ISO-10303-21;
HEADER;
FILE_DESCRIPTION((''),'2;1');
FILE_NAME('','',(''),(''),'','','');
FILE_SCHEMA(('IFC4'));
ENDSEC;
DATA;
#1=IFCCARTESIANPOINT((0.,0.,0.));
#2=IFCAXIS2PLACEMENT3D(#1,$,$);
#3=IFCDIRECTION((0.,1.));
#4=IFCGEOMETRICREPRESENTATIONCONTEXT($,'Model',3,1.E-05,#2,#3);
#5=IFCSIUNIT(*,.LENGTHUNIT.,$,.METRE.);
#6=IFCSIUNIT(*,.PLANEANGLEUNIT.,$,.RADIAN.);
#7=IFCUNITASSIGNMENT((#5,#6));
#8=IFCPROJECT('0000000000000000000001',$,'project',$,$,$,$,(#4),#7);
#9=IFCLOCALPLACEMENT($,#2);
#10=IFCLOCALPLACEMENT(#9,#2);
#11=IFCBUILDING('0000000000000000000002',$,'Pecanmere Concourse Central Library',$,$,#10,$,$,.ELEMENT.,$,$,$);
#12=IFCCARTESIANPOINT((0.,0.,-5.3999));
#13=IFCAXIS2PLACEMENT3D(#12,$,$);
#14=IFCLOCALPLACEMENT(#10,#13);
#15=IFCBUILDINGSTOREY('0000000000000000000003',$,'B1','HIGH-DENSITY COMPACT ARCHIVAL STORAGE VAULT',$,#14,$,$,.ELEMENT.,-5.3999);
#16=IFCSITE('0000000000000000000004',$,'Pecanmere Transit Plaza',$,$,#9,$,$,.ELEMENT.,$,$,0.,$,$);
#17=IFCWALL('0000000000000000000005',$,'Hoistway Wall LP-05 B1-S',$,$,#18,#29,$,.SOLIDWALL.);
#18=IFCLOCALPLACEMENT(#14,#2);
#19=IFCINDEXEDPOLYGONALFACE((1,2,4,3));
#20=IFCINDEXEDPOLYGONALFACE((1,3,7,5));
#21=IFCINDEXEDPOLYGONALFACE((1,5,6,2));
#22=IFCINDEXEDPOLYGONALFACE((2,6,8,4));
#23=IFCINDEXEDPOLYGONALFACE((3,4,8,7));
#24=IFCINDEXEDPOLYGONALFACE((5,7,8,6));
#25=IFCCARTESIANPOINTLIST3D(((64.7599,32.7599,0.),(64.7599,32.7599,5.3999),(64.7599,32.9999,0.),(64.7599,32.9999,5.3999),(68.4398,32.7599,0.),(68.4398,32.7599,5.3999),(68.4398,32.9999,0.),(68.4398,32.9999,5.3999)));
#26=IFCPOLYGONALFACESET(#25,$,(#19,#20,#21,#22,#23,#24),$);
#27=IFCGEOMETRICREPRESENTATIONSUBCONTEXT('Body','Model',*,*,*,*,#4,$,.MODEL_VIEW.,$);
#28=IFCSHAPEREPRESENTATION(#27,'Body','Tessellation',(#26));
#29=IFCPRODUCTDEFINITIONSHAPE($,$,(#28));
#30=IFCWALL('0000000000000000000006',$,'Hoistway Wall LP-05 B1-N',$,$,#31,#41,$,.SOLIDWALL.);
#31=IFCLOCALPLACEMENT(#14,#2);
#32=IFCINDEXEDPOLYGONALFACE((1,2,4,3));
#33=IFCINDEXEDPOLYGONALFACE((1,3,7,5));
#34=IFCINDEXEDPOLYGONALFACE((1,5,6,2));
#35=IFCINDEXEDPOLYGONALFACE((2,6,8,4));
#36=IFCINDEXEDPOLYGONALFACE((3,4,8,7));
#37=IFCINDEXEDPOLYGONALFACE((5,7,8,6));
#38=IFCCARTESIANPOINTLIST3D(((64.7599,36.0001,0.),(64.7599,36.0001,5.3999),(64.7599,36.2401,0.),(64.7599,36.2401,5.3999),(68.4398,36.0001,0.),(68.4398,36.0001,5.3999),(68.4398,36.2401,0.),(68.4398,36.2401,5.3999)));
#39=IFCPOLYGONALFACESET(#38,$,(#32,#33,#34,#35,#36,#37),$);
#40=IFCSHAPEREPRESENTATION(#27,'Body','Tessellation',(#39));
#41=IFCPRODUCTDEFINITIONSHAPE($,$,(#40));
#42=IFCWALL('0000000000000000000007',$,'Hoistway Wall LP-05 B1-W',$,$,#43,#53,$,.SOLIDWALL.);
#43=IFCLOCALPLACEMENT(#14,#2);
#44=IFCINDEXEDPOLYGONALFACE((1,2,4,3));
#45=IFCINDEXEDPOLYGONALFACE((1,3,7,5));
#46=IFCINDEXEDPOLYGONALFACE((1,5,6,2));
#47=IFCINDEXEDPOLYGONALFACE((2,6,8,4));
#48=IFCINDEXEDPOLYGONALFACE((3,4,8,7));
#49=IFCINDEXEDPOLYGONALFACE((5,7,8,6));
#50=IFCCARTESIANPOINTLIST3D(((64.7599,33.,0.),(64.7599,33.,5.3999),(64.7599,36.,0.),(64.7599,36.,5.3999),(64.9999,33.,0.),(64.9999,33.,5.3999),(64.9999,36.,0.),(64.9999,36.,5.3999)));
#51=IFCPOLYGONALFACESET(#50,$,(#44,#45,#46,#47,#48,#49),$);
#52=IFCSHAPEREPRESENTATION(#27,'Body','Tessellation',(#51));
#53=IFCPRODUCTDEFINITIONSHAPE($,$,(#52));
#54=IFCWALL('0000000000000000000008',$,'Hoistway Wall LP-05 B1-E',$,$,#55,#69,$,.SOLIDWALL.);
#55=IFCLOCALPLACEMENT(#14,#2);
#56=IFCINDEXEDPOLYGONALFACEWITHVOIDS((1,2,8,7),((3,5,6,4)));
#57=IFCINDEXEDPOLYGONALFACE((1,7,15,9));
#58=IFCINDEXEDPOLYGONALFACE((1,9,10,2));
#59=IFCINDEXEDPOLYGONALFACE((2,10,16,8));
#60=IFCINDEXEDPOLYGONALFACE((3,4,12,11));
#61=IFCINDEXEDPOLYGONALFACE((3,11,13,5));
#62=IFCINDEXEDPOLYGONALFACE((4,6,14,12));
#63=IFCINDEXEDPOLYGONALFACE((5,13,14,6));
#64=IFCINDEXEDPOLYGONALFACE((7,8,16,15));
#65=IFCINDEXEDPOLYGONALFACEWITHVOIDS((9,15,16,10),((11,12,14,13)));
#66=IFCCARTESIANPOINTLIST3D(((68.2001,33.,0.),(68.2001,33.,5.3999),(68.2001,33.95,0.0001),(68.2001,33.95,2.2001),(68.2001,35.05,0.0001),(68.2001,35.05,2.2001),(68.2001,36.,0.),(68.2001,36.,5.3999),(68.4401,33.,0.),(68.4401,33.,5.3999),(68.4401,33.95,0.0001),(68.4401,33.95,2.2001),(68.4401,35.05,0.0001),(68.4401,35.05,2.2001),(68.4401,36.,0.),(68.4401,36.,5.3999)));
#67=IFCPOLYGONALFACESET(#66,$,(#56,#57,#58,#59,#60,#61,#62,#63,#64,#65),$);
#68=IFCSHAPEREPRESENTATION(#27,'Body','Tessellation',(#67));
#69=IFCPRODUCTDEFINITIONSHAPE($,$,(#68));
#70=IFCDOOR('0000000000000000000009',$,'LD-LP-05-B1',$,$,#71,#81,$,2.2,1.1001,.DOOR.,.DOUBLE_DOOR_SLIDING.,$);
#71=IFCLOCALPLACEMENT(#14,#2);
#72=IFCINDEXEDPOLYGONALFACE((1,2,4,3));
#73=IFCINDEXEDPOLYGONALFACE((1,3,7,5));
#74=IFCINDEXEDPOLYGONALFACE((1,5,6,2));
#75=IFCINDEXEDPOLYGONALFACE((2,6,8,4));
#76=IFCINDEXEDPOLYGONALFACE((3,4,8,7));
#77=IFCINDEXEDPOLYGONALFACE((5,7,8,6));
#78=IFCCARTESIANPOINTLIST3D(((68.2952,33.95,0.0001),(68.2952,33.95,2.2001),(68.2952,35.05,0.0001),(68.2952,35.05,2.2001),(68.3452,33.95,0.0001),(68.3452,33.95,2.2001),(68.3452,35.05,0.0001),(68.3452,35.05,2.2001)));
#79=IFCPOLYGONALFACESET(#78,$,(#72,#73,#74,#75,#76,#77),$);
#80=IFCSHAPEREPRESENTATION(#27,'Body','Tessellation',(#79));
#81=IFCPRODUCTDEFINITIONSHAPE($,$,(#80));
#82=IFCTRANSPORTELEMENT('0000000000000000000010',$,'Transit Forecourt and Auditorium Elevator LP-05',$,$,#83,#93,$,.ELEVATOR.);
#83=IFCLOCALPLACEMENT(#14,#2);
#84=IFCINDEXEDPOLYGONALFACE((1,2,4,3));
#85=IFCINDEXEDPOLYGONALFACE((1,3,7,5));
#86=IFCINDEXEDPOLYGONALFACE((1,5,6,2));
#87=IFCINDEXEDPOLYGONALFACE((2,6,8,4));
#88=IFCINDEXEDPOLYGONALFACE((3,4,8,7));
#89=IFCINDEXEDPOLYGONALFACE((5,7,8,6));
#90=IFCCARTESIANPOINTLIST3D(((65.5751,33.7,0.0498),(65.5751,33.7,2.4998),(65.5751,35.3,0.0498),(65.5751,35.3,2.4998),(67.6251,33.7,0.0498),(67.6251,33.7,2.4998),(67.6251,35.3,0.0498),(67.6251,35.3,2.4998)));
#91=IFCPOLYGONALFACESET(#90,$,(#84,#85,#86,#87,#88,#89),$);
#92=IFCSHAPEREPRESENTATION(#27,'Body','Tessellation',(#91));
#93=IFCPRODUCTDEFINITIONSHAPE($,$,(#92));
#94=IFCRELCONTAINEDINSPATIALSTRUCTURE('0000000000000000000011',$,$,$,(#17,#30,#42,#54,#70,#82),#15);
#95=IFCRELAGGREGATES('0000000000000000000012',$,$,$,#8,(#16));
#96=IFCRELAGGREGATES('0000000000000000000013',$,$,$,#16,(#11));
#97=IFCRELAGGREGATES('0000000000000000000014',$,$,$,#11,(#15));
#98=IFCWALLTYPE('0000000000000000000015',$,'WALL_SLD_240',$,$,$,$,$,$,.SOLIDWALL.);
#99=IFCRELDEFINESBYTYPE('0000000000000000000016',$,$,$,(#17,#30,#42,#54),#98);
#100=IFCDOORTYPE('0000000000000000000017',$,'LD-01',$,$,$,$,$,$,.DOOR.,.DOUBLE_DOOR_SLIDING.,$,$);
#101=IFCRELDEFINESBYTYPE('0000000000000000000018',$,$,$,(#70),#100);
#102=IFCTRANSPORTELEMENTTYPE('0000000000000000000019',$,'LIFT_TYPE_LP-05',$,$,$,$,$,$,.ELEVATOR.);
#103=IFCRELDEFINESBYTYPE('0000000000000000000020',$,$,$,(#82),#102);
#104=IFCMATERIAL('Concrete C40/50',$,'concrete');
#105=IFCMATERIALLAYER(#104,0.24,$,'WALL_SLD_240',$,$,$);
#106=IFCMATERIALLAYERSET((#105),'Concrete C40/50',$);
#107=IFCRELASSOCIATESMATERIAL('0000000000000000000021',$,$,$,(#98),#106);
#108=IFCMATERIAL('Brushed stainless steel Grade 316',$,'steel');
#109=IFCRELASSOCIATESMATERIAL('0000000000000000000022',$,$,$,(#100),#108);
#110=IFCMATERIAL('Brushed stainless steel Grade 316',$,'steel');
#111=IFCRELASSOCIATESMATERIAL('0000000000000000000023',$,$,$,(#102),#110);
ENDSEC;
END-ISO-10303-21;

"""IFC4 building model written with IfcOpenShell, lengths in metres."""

from ifc_helpers import new_model, si_unit, direction, frame, frame_2d, origin, origin_2d, place, context, subcontext, project, spatial, rectangle, extrude, material, layer, layer_set, type_object, element, fill, save


model = new_model("IFC4")

# Units and contexts
model_context = context("Model", 3, precision=1e-05, world=origin(), true_north=direction((0.0, 1.0)))
body_context = subcontext(model_context, "Body", "Model", "MODEL_VIEW")
ifc_project = project(units=[si_unit("LENGTHUNIT", "METRE"), si_unit("PLANEANGLEUNIT", "RADIAN")], contexts=[model_context])

# Site, building, storey
site_placement = place(None, origin())
site = spatial("IfcSite", under=ifc_project, at=site_placement, Name="Pecanmere Transit Plaza", CompositionType="ELEMENT", RefElevation=0.0)
building_placement = place(site_placement, origin())
building = spatial("IfcBuilding", under=site, at=building_placement, Name="Pecanmere Concourse Central Library", CompositionType="ELEMENT")
storey_placement = place(building_placement, frame((0.0, 0.0, -5.3999)))
storey = spatial("IfcBuildingStorey", under=building, at=storey_placement, Name="B1", Description="HIGH-DENSITY COMPACT ARCHIVAL STORAGE VAULT", CompositionType="ELEMENT", Elevation=-5.3999)

# Walls
ifc_material_1 = material(Name="Concrete C40/50", Category="concrete")
ifc_layer = layer(ifc_material_1, 0.24, Name="WALL_SLD_240")
ifc_layer_set = layer_set([ifc_layer], Name="Concrete C40/50")
wall_type = type_object("IfcWallType", Name="WALL_SLD_240", PredefinedType="SOLIDWALL", material=ifc_layer_set)
for number, where, z_axis, x_axis, name in (
    (1, (64.76, 32.8799, 0.0), (0.0, 0.0, 1.0), (1.0, 0.0, 0.0), "Hoistway Wall LP-05 B1-S"),
    (2, (64.76, 36.1201, 0.0), (0.0, 0.0, 1.0), (1.0, 0.0, 0.0), "Hoistway Wall LP-05 B1-N"),
):
    element("IfcWall", number, at=place(storey_placement, frame(where, z_axis=z_axis, x_axis=x_axis)), inside=storey, type_object=wall_type, Name=name, PredefinedType="SOLIDWALL", context=body_context, shape_type="SweptSolid", body=[
        extrude(rectangle(XDim=3.6799, YDim=0.24, at=frame_2d((1.8398, 0.0))), origin(), (0.0, 0.0, 1.0), 5.3999),
    ])
wall_1_placement = place(storey_placement, frame((64.8799, 33.0, 0.0), z_axis=(0.0, 0.0, 1.0), x_axis=(0.0, 1.0, 0.0)))
element("IfcWall", 3, at=wall_1_placement, inside=storey, type_object=wall_type, Name="Hoistway Wall LP-05 B1-W", PredefinedType="SOLIDWALL", context=body_context, shape_type="SweptSolid", body=[
    extrude(rectangle(XDim=3.0, YDim=0.24, at=frame_2d((1.5, 0.0))), origin(), (0.0, 0.0, 1.0), 5.3999),
])

# Wall, opening, door
wall_2_placement = place(storey_placement, frame((68.3201, 33.0, 0.0), z_axis=(0.0, 0.0, 1.0), x_axis=(0.0, 1.0, 0.0)))
wall_2 = element("IfcWall", 4, at=wall_2_placement, inside=storey, type_object=wall_type, Name="Hoistway Wall LP-05 B1-E", PredefinedType="SOLIDWALL", context=body_context, shape_type="SweptSolid", body=[
    extrude(rectangle(XDim=3.0, YDim=0.24, at=frame_2d((1.5, 0.0))), origin(), (0.0, 0.0, 1.0), 5.3999),
])
opening_placement = place(wall_2_placement, frame((0.95, 0.0, 0.0)))
opening = element("IfcOpeningElement", 5, at=opening_placement, cuts=wall_2, PredefinedType="OPENING", context=body_context, shape_type="SweptSolid", body=[
    extrude(rectangle(XDim=1.1001, YDim=2.2, at=frame_2d((0.55, 1.1001))), frame((0.0, 0.1318, 0.0), z_axis=(0.0, -1.0, 0.0), x_axis=(1.0, 0.0, 0.0)), (0.0, 0.0, 1.0), 0.2639),
])
ifc_material_2 = material(Name="Brushed stainless steel Grade 316", Category="steel")
door_type = type_object("IfcDoorType", Name="LD-01", OperationType="DOUBLE_DOOR_SLIDING", PredefinedType="DOOR", material=ifc_material_2)
door_placement = place(opening_placement, origin())
door = element("IfcDoor", 6, at=door_placement, inside=storey, type_object=door_type, Name="LD-LP-05-B1", OperationType="DOUBLE_DOOR_SLIDING", OverallHeight=2.2, OverallWidth=1.1001, PredefinedType="DOOR", context=body_context, shape_type="SweptSolid", body=[
    extrude(rectangle(XDim=1.1001, YDim=2.2, at=frame_2d((0.55, 1.1001))), frame((0.0, 0.0249, 0.0), z_axis=(0.0, -1.0, 0.0), x_axis=(1.0, 0.0, 0.0)), (0.0, 0.0, 1.0), 0.05),
])
fill(opening, door)

# Transport element
ifc_material_3 = material(Name="Brushed stainless steel Grade 316", Category="steel")
transport_element_type = type_object("IfcTransportElementType", Name="LIFT_TYPE_LP-05", PredefinedType="ELEVATOR", material=ifc_material_3)
transport_element_placement = place(storey_placement, frame((66.6001, 34.5, 0.0498), z_axis=(0.0, 0.0, 1.0), x_axis=(1.0, 0.0, 0.0)))
element("IfcTransportElement", 7, at=transport_element_placement, inside=storey, type_object=transport_element_type, Name="Transit Forecourt and Auditorium Elevator LP-05", PredefinedType="ELEVATOR", context=body_context, shape_type="SweptSolid", body=[
    extrude(rectangle(XDim=2.05, YDim=1.6001, at=origin_2d()), origin(), (0.0, 0.0, 1.0), 2.45),
])

save(model, "model.ifc")
